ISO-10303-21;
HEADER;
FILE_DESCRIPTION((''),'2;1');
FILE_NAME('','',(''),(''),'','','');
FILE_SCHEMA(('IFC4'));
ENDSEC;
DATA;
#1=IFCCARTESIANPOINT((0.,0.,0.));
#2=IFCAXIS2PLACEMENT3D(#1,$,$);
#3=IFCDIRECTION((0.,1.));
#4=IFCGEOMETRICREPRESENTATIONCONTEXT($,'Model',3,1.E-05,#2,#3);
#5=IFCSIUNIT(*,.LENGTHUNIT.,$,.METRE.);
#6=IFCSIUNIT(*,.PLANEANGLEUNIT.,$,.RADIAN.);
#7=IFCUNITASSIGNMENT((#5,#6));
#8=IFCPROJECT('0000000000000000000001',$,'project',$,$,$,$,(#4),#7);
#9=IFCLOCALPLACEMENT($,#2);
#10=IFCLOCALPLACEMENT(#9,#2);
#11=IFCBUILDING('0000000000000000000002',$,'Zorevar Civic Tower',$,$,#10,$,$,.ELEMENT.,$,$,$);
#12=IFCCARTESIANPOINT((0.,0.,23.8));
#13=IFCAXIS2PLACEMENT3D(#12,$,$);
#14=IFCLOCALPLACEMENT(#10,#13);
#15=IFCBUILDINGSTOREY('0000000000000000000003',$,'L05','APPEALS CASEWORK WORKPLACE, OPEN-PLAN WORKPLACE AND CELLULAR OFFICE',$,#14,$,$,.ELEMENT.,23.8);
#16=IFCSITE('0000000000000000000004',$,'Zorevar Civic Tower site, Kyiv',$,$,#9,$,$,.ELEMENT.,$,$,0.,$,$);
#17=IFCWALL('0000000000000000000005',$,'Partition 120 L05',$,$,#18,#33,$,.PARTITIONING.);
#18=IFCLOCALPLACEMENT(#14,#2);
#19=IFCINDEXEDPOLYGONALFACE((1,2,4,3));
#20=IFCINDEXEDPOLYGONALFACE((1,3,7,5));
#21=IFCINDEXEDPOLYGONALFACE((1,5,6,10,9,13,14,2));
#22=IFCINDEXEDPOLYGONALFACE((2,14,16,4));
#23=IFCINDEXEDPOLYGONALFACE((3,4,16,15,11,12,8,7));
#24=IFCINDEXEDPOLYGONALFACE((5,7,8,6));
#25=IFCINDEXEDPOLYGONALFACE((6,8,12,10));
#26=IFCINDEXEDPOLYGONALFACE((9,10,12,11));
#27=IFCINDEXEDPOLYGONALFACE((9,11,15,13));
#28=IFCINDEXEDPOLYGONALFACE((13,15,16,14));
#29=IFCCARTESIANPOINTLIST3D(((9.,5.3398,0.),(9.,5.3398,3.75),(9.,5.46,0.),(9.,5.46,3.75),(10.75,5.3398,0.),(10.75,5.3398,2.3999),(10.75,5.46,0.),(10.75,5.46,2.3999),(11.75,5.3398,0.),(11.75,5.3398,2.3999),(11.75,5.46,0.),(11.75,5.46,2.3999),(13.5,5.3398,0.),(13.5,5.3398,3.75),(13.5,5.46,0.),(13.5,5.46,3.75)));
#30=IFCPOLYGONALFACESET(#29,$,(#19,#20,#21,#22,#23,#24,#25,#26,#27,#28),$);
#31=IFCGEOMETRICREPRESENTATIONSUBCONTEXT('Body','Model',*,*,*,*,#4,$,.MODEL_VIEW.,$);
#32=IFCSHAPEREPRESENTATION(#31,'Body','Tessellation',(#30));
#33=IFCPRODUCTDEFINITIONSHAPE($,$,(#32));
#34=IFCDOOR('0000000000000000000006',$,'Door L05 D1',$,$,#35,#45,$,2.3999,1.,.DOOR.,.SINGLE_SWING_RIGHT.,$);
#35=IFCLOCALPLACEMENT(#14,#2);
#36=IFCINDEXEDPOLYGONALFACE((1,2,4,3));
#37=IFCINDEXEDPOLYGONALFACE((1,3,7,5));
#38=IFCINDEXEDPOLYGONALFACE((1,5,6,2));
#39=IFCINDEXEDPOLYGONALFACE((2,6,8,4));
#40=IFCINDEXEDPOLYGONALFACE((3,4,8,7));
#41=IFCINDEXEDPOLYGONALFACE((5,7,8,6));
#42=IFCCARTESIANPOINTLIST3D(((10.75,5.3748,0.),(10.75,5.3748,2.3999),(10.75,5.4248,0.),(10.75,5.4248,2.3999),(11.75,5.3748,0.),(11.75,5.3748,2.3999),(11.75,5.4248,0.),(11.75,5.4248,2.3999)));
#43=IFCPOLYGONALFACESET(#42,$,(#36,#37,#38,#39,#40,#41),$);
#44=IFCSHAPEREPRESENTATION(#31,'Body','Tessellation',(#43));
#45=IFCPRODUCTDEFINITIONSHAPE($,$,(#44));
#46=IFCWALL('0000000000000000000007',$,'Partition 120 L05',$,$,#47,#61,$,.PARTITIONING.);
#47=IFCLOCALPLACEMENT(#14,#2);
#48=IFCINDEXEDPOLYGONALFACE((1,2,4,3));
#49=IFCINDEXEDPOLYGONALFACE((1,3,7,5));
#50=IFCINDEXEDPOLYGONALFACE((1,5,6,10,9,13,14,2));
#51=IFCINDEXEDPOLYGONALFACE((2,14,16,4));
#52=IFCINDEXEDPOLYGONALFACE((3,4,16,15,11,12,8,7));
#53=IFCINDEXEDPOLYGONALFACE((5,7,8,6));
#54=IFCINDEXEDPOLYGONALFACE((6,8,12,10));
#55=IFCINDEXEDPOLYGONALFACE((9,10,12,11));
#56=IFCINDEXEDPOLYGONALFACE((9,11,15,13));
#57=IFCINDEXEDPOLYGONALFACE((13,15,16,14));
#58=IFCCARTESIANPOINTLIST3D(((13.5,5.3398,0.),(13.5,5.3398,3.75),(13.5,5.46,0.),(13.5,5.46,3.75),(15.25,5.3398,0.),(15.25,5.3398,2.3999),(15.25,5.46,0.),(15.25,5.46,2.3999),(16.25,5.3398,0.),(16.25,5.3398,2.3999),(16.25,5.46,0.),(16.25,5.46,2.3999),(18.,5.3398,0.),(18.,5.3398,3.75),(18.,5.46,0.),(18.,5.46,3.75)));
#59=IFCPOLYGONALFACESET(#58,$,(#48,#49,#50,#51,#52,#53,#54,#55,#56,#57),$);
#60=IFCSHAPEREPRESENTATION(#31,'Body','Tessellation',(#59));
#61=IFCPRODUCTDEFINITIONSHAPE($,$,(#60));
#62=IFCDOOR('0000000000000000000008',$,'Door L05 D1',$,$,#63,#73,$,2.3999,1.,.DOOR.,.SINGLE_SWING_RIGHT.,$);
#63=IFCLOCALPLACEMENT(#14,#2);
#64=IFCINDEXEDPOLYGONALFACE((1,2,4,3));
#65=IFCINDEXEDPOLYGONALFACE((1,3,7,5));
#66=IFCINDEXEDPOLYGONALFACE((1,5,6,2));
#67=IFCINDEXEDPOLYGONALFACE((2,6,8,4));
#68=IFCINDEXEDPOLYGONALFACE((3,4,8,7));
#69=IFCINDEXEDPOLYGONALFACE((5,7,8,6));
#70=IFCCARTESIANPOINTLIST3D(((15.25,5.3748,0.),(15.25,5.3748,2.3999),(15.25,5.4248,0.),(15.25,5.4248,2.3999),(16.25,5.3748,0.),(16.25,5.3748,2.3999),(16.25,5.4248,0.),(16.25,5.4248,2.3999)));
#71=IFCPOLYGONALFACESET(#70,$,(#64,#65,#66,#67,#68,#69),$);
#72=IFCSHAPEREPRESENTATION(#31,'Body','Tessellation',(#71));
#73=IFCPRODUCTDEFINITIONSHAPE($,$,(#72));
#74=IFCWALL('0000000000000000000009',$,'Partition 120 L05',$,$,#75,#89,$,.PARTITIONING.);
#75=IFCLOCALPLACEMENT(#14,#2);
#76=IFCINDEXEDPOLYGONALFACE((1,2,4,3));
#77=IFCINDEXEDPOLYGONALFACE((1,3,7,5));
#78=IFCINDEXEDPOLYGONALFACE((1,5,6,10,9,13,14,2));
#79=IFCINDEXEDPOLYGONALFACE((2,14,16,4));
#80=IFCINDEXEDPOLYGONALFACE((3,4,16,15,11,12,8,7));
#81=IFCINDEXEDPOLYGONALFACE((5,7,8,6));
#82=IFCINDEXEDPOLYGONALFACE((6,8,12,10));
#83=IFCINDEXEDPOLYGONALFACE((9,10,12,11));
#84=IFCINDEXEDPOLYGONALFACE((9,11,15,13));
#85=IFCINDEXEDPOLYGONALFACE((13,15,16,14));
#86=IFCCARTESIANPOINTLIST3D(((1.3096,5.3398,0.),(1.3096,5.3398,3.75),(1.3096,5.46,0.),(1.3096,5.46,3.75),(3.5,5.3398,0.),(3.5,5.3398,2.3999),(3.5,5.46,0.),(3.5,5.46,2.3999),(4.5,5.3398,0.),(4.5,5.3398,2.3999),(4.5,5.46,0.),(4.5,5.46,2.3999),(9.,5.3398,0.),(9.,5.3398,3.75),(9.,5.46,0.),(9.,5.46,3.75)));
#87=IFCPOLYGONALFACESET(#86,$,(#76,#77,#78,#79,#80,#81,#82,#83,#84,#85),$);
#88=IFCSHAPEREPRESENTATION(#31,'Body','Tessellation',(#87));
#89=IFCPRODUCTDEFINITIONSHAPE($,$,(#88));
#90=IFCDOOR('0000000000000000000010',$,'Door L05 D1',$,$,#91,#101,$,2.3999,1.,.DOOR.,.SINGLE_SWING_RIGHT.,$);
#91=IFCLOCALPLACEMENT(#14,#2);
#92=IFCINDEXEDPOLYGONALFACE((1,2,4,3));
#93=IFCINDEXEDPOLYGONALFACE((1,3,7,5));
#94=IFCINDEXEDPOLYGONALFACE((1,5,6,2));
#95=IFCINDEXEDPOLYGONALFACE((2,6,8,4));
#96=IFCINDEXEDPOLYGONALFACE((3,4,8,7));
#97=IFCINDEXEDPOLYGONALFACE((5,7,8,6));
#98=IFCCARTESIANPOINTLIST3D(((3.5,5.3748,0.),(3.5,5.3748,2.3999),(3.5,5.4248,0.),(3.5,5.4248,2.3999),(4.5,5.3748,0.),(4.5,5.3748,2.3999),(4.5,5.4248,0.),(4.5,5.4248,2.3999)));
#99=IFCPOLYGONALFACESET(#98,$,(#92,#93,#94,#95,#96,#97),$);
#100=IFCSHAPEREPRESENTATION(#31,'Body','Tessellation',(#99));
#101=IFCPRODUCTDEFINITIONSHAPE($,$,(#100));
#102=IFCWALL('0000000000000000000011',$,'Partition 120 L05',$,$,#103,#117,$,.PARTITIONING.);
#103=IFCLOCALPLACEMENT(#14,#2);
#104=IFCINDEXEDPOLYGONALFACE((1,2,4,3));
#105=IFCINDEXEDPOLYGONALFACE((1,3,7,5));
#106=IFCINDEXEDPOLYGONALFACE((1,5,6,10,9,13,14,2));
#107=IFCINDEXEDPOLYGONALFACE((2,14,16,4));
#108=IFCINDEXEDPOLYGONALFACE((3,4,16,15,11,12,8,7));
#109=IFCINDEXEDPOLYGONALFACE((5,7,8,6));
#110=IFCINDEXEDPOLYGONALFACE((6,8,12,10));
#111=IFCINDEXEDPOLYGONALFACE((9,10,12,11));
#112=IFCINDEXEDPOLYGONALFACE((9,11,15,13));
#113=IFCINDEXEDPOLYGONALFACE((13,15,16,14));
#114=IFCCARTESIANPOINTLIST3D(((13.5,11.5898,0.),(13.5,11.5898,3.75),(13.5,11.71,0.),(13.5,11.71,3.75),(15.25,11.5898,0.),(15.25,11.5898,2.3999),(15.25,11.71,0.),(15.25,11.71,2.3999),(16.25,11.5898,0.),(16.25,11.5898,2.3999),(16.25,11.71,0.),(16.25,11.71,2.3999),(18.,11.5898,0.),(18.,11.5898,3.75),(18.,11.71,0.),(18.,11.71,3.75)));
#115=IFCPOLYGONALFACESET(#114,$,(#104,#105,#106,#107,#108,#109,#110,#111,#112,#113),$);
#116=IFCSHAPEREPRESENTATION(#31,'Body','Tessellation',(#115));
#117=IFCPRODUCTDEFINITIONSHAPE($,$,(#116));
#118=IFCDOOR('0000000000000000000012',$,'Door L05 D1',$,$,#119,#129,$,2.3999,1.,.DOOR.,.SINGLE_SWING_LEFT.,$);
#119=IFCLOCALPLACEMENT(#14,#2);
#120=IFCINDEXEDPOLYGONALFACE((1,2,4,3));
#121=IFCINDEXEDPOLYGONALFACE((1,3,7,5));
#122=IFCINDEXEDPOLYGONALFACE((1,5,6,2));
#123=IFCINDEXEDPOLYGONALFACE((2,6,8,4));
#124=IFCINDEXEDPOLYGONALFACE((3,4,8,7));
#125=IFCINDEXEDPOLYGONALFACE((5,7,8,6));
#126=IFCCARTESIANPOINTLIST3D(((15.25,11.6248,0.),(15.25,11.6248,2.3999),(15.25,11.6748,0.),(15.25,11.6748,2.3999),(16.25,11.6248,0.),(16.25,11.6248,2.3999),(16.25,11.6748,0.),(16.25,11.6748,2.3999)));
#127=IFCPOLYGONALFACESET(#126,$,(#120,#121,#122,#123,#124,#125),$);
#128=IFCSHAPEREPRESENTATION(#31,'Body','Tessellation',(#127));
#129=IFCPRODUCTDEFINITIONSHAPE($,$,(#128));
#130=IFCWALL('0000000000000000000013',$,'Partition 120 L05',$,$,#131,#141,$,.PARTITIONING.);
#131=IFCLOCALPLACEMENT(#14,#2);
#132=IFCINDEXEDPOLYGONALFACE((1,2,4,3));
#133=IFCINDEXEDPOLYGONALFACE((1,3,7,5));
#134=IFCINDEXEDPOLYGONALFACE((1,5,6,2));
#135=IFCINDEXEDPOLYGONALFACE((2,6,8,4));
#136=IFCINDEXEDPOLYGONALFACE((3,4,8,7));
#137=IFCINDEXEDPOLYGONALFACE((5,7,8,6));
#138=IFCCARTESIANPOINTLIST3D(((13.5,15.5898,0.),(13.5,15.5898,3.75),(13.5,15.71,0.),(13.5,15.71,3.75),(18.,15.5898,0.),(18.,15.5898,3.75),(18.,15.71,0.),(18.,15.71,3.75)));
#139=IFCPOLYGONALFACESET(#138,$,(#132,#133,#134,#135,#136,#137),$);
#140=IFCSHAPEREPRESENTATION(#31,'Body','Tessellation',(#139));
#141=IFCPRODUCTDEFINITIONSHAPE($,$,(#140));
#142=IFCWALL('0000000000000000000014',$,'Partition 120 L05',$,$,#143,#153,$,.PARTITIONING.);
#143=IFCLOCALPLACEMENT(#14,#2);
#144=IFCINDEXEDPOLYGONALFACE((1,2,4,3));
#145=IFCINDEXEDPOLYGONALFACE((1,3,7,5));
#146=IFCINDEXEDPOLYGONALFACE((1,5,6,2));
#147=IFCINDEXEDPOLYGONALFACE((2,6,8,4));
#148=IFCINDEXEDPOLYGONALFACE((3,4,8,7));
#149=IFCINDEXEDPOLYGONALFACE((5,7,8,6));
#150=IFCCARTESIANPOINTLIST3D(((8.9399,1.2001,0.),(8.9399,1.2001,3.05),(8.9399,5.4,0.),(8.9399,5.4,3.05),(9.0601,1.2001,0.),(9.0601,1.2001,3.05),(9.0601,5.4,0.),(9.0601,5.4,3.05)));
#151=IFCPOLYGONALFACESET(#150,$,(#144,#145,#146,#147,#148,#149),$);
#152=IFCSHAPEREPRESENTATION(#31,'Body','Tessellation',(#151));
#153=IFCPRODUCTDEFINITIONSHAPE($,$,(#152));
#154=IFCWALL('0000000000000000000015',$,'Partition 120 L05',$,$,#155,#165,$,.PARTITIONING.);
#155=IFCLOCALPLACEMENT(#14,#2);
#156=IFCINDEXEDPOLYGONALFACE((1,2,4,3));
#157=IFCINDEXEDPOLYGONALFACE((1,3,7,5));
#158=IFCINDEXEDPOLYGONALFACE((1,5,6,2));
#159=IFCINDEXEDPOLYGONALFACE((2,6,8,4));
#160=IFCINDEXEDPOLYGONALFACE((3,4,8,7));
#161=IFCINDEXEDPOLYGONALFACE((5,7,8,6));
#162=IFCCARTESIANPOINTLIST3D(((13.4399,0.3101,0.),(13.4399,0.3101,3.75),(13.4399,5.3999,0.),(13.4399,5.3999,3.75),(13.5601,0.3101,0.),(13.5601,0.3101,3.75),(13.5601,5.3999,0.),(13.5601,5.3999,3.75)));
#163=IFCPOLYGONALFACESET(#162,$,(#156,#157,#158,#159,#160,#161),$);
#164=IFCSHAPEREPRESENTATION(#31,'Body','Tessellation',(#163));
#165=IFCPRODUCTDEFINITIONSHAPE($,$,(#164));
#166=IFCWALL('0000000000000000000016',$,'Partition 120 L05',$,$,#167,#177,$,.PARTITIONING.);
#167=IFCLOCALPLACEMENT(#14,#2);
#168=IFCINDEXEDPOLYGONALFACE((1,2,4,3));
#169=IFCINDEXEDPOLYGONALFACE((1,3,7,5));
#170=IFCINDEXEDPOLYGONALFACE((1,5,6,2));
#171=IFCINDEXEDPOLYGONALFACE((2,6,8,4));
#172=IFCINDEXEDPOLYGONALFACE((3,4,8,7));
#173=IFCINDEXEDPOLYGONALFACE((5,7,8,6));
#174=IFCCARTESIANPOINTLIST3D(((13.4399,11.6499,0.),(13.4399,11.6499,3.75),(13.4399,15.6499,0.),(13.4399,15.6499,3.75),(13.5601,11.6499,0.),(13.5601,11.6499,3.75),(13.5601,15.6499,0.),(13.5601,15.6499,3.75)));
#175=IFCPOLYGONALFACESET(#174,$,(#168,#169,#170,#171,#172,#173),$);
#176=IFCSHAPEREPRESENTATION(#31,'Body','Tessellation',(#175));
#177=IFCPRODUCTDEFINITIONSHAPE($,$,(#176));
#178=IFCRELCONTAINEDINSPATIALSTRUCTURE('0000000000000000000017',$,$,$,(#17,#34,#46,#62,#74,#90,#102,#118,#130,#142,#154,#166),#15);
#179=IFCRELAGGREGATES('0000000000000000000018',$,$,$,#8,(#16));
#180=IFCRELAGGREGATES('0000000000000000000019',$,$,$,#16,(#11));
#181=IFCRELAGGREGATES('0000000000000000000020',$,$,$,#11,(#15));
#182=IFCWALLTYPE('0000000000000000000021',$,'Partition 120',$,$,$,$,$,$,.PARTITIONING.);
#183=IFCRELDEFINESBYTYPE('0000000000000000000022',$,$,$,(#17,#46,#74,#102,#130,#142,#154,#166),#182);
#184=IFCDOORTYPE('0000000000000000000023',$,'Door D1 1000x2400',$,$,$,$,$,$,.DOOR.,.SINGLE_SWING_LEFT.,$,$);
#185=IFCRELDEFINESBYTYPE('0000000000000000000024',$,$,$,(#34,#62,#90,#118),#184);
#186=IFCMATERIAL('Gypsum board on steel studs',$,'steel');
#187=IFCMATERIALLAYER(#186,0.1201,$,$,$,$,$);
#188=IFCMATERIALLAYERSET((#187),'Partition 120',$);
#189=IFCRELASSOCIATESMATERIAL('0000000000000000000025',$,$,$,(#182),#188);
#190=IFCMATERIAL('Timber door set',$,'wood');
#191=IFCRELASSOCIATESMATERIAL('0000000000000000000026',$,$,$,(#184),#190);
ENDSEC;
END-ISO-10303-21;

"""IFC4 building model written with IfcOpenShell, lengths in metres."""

from ifc_helpers import new_model, si_unit, direction, frame, frame_2d, origin, place, context, subcontext, project, spatial, rectangle, extrude, material, layer, layer_set, type_object, element, fill, save


model = new_model("IFC4")

# Units and contexts
model_context = context("Model", 3, precision=1e-05, world=origin(), true_north=direction((0.0, 1.0)))
body_context = subcontext(model_context, "Body", "Model", "MODEL_VIEW")
ifc_project = project(units=[si_unit("LENGTHUNIT", "METRE"), si_unit("PLANEANGLEUNIT", "RADIAN")], contexts=[model_context])

# Site, building, storey
site_placement = place(None, origin())
site = spatial("IfcSite", under=ifc_project, at=site_placement, Name="Zorevar Civic Tower site, Kyiv", CompositionType="ELEMENT", RefElevation=0.0)
building_placement = place(site_placement, origin())
building = spatial("IfcBuilding", under=site, at=building_placement, Name="Zorevar Civic Tower", CompositionType="ELEMENT")
storey_placement = place(building_placement, frame((0.0, 0.0, 23.8)))
storey = spatial("IfcBuildingStorey", under=building, at=storey_placement, Name="L05", Description="APPEALS CASEWORK WORKPLACE, OPEN-PLAN WORKPLACE AND CELLULAR OFFICE", CompositionType="ELEMENT", Elevation=23.8)

# Walls, openings, doors
ifc_material_1 = material(Name="Gypsum board on steel studs", Category="steel")
ifc_layer_1 = layer(ifc_material_1, 0.1201)
ifc_layer_set_1 = layer_set([ifc_layer_1], Name="Partition 120")
wall_type = type_object("IfcWallType", Name="Partition 120", PredefinedType="PARTITIONING", material=ifc_layer_set_1)
wall_1_placement = place(storey_placement, frame((9.0, 5.3999, 0.0), z_axis=(0.0, 0.0, 1.0), x_axis=(1.0, 0.0, 0.0)))
wall_1 = element("IfcWall", 1, at=wall_1_placement, inside=storey, type_object=wall_type, Name="Partition 120 L05", PredefinedType="PARTITIONING", context=body_context, shape_type="SweptSolid", body=[
    extrude(rectangle(XDim=4.5, YDim=0.1201, at=frame_2d((2.25, 0.0))), origin(), (0.0, 0.0, 1.0), 3.75),
])
opening_1_placement = place(wall_1_placement, frame((1.75, 0.0, 0.0)))
opening_1 = element("IfcOpeningElement", 2, at=opening_1_placement, cuts=wall_1, PredefinedType="OPENING", context=body_context, shape_type="SweptSolid", body=[
    extrude(rectangle(XDim=1.0, YDim=2.3999, at=frame_2d((0.5, 1.2))), frame((0.0, 0.0701, 0.0), z_axis=(0.0, -1.0, 0.0), x_axis=(1.0, 0.0, 0.0)), (0.0, 0.0, 1.0), 0.1401),
])
ifc_material_2 = material(Name="Timber door set", Category="wood")
door_type = type_object("IfcDoorType", Name="Door D1 1000x2400", OperationType="SINGLE_SWING_LEFT", PredefinedType="DOOR", material=ifc_material_2)
door_1_placement = place(opening_1_placement, origin())
door_1 = element("IfcDoor", 3, at=door_1_placement, inside=storey, type_object=door_type, Name="Door L05 D1", OperationType="SINGLE_SWING_RIGHT", OverallHeight=2.3999, OverallWidth=1.0, PredefinedType="DOOR", context=body_context, shape_type="SweptSolid", body=[
    extrude(rectangle(XDim=1.0, YDim=2.3999, at=frame_2d((0.5, 1.2))), frame((0.0, 0.0249, 0.0), z_axis=(0.0, -1.0, 0.0), x_axis=(1.0, 0.0, 0.0)), (0.0, 0.0, 1.0), 0.05),
])
fill(opening_1, door_1)
wall_2_placement = place(storey_placement, frame((13.5, 5.3999, 0.0), z_axis=(0.0, 0.0, 1.0), x_axis=(1.0, 0.0, 0.0)))
wall_2 = element("IfcWall", 4, at=wall_2_placement, inside=storey, type_object=wall_type, Name="Partition 120 L05", PredefinedType="PARTITIONING", context=body_context, shape_type="SweptSolid", body=[
    extrude(rectangle(XDim=4.5, YDim=0.1201, at=frame_2d((2.25, 0.0))), origin(), (0.0, 0.0, 1.0), 3.75),
])
opening_2_placement = place(wall_2_placement, frame((1.75, 0.0, 0.0)))
opening_2 = element("IfcOpeningElement", 5, at=opening_2_placement, cuts=wall_2, PredefinedType="OPENING", context=body_context, shape_type="SweptSolid", body=[
    extrude(rectangle(XDim=1.0, YDim=2.3999, at=frame_2d((0.5, 1.2))), frame((0.0, 0.0701, 0.0), z_axis=(0.0, -1.0, 0.0), x_axis=(1.0, 0.0, 0.0)), (0.0, 0.0, 1.0), 0.1401),
])
door_2_placement = place(opening_2_placement, origin())
door_2 = element("IfcDoor", 6, at=door_2_placement, inside=storey, type_object=door_type, Name="Door L05 D1", OperationType="SINGLE_SWING_RIGHT", OverallHeight=2.3999, OverallWidth=1.0, PredefinedType="DOOR", context=body_context, shape_type="SweptSolid", body=[
    extrude(rectangle(XDim=1.0, YDim=2.3999, at=frame_2d((0.5, 1.2))), frame((0.0, 0.0249, 0.0), z_axis=(0.0, -1.0, 0.0), x_axis=(1.0, 0.0, 0.0)), (0.0, 0.0, 1.0), 0.05),
])
fill(opening_2, door_2)
wall_3_placement = place(storey_placement, frame((1.3096, 5.3999, 0.0), z_axis=(0.0, 0.0, 1.0), x_axis=(1.0, 0.0, 0.0)))
wall_3 = element("IfcWall", 7, at=wall_3_placement, inside=storey, type_object=wall_type, Name="Partition 120 L05", PredefinedType="PARTITIONING", context=body_context, shape_type="SweptSolid", body=[
    extrude(rectangle(XDim=7.6904, YDim=0.1201, at=frame_2d((3.8452, 0.0))), origin(), (0.0, 0.0, 1.0), 3.75),
])
opening_3_placement = place(wall_3_placement, frame((2.1904, 0.0, 0.0)))
opening_3 = element("IfcOpeningElement", 8, at=opening_3_placement, cuts=wall_3, PredefinedType="OPENING", context=body_context, shape_type="SweptSolid", body=[
    extrude(rectangle(XDim=1.0, YDim=2.3999, at=frame_2d((0.5, 1.2))), frame((0.0, 0.0701, 0.0), z_axis=(0.0, -1.0, 0.0), x_axis=(1.0, 0.0, 0.0)), (0.0, 0.0, 1.0), 0.1401),
])
door_3_placement = place(opening_3_placement, origin())
door_3 = element("IfcDoor", 9, at=door_3_placement, inside=storey, type_object=door_type, Name="Door L05 D1", OperationType="SINGLE_SWING_RIGHT", OverallHeight=2.3999, OverallWidth=1.0, PredefinedType="DOOR", context=body_context, shape_type="SweptSolid", body=[
    extrude(rectangle(XDim=1.0, YDim=2.3999, at=frame_2d((0.5, 1.2))), frame((0.0, 0.0249, 0.0), z_axis=(0.0, -1.0, 0.0), x_axis=(1.0, 0.0, 0.0)), (0.0, 0.0, 1.0), 0.05),
])
fill(opening_3, door_3)
wall_4_placement = place(storey_placement, frame((13.5, 11.6499, 0.0), z_axis=(0.0, 0.0, 1.0), x_axis=(1.0, 0.0, 0.0)))
wall_4 = element("IfcWall", 10, at=wall_4_placement, inside=storey, type_object=wall_type, Name="Partition 120 L05", PredefinedType="PARTITIONING", context=body_context, shape_type="SweptSolid", body=[
    extrude(rectangle(XDim=4.5, YDim=0.1201, at=frame_2d((2.25, 0.0))), origin(), (0.0, 0.0, 1.0), 3.75),
])
opening_4_placement = place(wall_4_placement, frame((1.75, 0.0, 0.0)))
opening_4 = element("IfcOpeningElement", 11, at=opening_4_placement, cuts=wall_4, PredefinedType="OPENING", context=body_context, shape_type="SweptSolid", body=[
    extrude(rectangle(XDim=1.0, YDim=2.3999, at=frame_2d((0.5, 1.2))), frame((0.0, 0.0701, 0.0), z_axis=(0.0, -1.0, 0.0), x_axis=(1.0, 0.0, 0.0)), (0.0, 0.0, 1.0), 0.1401),
])
door_4_placement = place(opening_4_placement, origin())
door_4 = element("IfcDoor", 12, at=door_4_placement, inside=storey, type_object=door_type, Name="Door L05 D1", OperationType="SINGLE_SWING_LEFT", OverallHeight=2.3999, OverallWidth=1.0, PredefinedType="DOOR", context=body_context, shape_type="SweptSolid", body=[
    extrude(rectangle(XDim=1.0, YDim=2.3999, at=frame_2d((0.5, 1.2))), frame((0.0, 0.0249, 0.0), z_axis=(0.0, -1.0, 0.0), x_axis=(1.0, 0.0, 0.0)), (0.0, 0.0, 1.0), 0.05),
])
fill(opening_4, door_4)

# Walls
wall_5_placement = place(storey_placement, frame((13.5, 15.6499, 0.0), z_axis=(0.0, 0.0, 1.0), x_axis=(1.0, 0.0, 0.0)))
element("IfcWall", 13, at=wall_5_placement, inside=storey, type_object=wall_type, Name="Partition 120 L05", PredefinedType="PARTITIONING", context=body_context, shape_type="SweptSolid", body=[
    extrude(rectangle(XDim=4.5, YDim=0.1201, at=frame_2d((2.25, 0.0))), origin(), (0.0, 0.0, 1.0), 3.75),
])
wall_6_placement = place(storey_placement, frame((9.0, 1.2, 0.0), z_axis=(0.0, 0.0, 1.0), x_axis=(0.0, 1.0, 0.0)))
element("IfcWall", 14, at=wall_6_placement, inside=storey, type_object=wall_type, Name="Partition 120 L05", PredefinedType="PARTITIONING", context=body_context, shape_type="SweptSolid", body=[
    extrude(rectangle(XDim=4.2, YDim=0.1201, at=frame_2d((2.1001, 0.0))), origin(), (0.0, 0.0, 1.0), 3.05),
])
wall_7_placement = place(storey_placement, frame((13.5, 0.3101, 0.0), z_axis=(0.0, 0.0, 1.0), x_axis=(0.0, 1.0, 0.0)))
element("IfcWall", 15, at=wall_7_placement, inside=storey, type_object=wall_type, Name="Partition 120 L05", PredefinedType="PARTITIONING", context=body_context, shape_type="SweptSolid", body=[
    extrude(rectangle(XDim=5.0898, YDim=0.1201, at=frame_2d((2.5449, 0.0))), origin(), (0.0, 0.0, 1.0), 3.75),
])
wall_8_placement = place(storey_placement, frame((13.5, 11.6499, 0.0), z_axis=(0.0, 0.0, 1.0), x_axis=(0.0, 1.0, 0.0)))
element("IfcWall", 16, at=wall_8_placement, inside=storey, type_object=wall_type, Name="Partition 120 L05", PredefinedType="PARTITIONING", context=body_context, shape_type="SweptSolid", body=[
    extrude(rectangle(XDim=4.0, YDim=0.1201, at=frame_2d((2.0, 0.0))), origin(), (0.0, 0.0, 1.0), 3.75),
])

save(model, "model.ifc")
